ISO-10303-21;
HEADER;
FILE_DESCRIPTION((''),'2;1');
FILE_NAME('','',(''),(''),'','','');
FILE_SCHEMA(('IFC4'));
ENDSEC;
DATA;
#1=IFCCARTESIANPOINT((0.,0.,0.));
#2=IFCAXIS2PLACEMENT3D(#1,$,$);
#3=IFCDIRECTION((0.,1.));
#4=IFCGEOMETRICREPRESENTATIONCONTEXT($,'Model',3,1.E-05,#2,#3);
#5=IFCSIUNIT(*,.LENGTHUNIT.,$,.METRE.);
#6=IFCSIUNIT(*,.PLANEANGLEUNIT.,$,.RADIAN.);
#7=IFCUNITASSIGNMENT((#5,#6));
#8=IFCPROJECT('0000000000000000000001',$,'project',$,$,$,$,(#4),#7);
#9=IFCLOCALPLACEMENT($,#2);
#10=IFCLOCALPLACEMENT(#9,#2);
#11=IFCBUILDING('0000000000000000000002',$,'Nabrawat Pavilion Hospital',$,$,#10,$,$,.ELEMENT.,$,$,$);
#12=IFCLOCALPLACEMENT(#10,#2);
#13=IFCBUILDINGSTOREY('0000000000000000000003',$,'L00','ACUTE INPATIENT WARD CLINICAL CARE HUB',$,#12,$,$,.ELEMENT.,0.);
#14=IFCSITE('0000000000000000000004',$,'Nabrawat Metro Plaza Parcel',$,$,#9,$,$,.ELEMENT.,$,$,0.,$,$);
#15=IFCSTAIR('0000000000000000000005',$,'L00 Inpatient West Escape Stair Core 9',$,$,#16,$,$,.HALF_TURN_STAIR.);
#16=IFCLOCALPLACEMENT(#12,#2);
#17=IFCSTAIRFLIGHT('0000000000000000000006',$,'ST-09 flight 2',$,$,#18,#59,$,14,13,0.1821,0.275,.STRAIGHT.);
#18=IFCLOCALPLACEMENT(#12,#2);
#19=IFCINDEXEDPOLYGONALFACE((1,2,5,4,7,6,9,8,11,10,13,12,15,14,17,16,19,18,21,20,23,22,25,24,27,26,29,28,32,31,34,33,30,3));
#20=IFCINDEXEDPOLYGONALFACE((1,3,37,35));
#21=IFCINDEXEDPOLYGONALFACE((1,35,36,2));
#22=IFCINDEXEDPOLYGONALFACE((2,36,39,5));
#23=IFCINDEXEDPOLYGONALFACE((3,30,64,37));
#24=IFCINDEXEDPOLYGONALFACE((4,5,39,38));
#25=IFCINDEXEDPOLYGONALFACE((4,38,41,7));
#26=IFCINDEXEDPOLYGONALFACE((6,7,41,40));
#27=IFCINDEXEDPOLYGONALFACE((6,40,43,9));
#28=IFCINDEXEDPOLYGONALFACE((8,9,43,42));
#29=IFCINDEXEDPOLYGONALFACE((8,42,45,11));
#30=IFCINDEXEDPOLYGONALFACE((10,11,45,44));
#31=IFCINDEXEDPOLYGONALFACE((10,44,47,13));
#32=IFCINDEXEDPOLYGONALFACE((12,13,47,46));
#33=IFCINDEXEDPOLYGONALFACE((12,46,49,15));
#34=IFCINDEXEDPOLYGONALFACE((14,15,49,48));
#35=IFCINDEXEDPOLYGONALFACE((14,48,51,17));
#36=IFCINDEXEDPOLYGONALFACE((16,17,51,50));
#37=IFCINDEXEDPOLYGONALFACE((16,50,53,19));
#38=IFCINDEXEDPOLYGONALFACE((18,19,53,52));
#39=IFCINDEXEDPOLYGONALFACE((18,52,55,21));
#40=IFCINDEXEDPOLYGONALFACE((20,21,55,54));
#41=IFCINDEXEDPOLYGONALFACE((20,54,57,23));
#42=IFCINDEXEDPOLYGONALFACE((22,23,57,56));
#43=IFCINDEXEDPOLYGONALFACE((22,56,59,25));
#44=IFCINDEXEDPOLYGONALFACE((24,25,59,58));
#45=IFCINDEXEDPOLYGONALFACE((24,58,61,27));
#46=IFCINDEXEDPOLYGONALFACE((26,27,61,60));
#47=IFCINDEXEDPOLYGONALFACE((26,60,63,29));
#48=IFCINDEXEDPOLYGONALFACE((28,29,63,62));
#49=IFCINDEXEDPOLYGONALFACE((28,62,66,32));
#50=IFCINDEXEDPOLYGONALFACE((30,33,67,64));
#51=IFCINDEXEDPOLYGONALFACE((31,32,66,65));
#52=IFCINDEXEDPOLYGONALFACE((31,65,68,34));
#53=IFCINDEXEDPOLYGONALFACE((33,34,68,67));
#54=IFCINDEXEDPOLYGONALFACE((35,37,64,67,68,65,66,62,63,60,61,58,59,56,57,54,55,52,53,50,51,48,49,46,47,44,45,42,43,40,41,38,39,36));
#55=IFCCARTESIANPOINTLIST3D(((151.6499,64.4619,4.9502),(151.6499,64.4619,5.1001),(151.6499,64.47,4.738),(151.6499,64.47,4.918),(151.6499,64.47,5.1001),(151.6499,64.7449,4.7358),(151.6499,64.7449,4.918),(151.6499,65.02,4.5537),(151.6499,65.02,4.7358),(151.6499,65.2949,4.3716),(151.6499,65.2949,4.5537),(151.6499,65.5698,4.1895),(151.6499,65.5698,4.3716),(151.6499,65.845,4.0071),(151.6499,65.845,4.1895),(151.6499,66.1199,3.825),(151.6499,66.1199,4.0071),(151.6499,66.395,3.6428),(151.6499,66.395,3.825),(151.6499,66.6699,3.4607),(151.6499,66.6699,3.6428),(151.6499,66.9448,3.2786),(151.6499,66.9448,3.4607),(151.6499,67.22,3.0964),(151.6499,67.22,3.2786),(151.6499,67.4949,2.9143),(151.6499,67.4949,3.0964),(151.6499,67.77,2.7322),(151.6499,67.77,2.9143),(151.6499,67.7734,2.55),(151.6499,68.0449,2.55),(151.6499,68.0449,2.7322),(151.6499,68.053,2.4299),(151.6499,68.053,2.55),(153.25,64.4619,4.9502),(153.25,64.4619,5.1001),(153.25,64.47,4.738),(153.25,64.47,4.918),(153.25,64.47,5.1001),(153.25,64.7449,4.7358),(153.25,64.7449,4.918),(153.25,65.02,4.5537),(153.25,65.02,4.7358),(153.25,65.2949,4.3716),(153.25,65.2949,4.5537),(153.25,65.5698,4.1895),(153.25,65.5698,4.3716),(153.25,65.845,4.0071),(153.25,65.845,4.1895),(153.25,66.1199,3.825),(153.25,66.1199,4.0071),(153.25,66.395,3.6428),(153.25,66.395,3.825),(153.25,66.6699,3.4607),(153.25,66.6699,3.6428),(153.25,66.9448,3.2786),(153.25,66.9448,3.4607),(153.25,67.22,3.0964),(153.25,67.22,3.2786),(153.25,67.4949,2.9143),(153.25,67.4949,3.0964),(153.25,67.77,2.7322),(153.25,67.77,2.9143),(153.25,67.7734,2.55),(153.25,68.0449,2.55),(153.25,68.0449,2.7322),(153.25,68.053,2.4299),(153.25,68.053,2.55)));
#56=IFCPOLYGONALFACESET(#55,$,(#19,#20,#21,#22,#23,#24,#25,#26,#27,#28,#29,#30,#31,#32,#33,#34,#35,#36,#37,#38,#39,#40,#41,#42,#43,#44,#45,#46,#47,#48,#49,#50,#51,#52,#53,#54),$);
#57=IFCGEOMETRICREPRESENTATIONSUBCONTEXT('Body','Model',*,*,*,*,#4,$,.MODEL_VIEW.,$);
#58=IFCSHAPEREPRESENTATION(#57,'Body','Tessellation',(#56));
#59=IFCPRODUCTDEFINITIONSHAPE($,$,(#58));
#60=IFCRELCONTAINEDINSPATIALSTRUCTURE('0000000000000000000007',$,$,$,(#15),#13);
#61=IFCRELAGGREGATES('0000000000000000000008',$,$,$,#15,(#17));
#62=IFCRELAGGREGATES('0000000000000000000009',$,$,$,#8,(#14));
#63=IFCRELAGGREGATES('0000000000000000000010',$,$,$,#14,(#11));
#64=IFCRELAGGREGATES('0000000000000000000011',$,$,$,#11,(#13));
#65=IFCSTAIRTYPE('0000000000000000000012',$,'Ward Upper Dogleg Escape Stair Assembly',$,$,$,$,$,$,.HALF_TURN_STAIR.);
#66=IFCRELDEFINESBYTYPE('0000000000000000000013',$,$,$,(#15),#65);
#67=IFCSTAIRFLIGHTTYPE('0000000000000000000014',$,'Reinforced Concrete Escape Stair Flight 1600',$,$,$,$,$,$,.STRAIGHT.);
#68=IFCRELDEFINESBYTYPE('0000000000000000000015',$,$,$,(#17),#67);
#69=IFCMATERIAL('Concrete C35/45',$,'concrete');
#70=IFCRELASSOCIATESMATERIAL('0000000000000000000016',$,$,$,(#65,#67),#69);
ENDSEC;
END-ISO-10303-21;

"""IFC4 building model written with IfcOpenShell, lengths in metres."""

from ifc_helpers import new_model, si_unit, direction, frame, origin, place, context, subcontext, project, spatial, polyline, outline, extrude, material, type_object, element, aggregate, save


model = new_model("IFC4")

# Units and contexts
model_context = context("Model", 3, precision=1e-05, world=origin(), true_north=direction((0.0, 1.0)))
body_context = subcontext(model_context, "Body", "Model", "MODEL_VIEW")
ifc_project = project(units=[si_unit("LENGTHUNIT", "METRE"), si_unit("PLANEANGLEUNIT", "RADIAN")], contexts=[model_context])

# Site, building, storey
site_placement = place(None, origin())
site = spatial("IfcSite", under=ifc_project, at=site_placement, Name="Nabrawat Metro Plaza Parcel", CompositionType="ELEMENT", RefElevation=0.0)
building_placement = place(site_placement, origin())
building = spatial("IfcBuilding", under=site, at=building_placement, Name="Nabrawat Pavilion Hospital", CompositionType="ELEMENT")
storey_placement = place(building_placement, origin())
storey = spatial("IfcBuildingStorey", under=building, at=storey_placement, Name="L00", Description="ACUTE INPATIENT WARD CLINICAL CARE HUB", CompositionType="ELEMENT", Elevation=0.0)

# Shared definitions
ifc_material_1 = material(Name="Concrete C35/45", Category="concrete")

# Stair, stair flight
stair_type = type_object("IfcStairType", Name="Ward Upper Dogleg Escape Stair Assembly", PredefinedType="HALF_TURN_STAIR", material=ifc_material_1)
stair_placement = place(storey_placement, origin())
stair = element("IfcStair", 1, at=stair_placement, inside=storey, type_object=stair_type, Name="L00 Inpatient West Escape Stair Core 9", PredefinedType="HALF_TURN_STAIR")
stair_flight_type = type_object("IfcStairFlightType", Name="Reinforced Concrete Escape Stair Flight 1600", PredefinedType="STRAIGHT", material=ifc_material_1)
stair_flight_1_placement = place(storey_placement, frame((152.45, 68.0449, 2.55), z_axis=(0.0, 0.0, 1.0), x_axis=(0.0, -1.0, 0.0)))
stair_flight_1 = element("IfcStairFlight", 2, at=stair_flight_1_placement, type_object=stair_flight_type, Name="ST-09 flight 2", NumberOfRisers=14, NumberOfTreads=13, PredefinedType="STRAIGHT", RiserHeight=0.1821, TreadLength=0.275, context=body_context, shape_type="SweptSolid", body=[
    extrude(outline(polyline([(-0.0081, 0.0), (0.0, 0.0), (0.0, 0.1821), (0.2749, 0.1821), (0.2749, 0.3643), (0.55, 0.3643), (0.55, 0.5464), (0.825, 0.5464), (0.825, 0.7285), (1.1001, 0.7285), (1.1001, 0.9106), (1.375, 0.9106), (1.375, 1.0928), (1.6499, 1.0928), (1.6499, 1.2749), (1.925, 1.2749), (1.925, 1.457), (2.2, 1.457), (2.2, 1.6394), (2.4751, 1.6394), (2.4751, 1.8215), (2.75, 1.8215), (2.75, 2.0037), (3.0249, 2.0037), (3.0249, 2.1858), (3.3, 2.1858), (3.3, 2.3679), (3.575, 2.3679), (3.575, 2.55), (3.583, 2.55), (3.583, 2.4001), (3.575, 2.188), (0.2715, 0.0), (-0.0081, -0.1201), (-0.0081, 0.0)])), frame((0.0, 0.8, 0.0), z_axis=(0.0, -1.0, 0.0), x_axis=(1.0, 0.0, 0.0)), (0.0, 0.0, 1.0), 1.6001),
])
aggregate(stair, [stair_flight_1])

save(model, "model.ifc")
